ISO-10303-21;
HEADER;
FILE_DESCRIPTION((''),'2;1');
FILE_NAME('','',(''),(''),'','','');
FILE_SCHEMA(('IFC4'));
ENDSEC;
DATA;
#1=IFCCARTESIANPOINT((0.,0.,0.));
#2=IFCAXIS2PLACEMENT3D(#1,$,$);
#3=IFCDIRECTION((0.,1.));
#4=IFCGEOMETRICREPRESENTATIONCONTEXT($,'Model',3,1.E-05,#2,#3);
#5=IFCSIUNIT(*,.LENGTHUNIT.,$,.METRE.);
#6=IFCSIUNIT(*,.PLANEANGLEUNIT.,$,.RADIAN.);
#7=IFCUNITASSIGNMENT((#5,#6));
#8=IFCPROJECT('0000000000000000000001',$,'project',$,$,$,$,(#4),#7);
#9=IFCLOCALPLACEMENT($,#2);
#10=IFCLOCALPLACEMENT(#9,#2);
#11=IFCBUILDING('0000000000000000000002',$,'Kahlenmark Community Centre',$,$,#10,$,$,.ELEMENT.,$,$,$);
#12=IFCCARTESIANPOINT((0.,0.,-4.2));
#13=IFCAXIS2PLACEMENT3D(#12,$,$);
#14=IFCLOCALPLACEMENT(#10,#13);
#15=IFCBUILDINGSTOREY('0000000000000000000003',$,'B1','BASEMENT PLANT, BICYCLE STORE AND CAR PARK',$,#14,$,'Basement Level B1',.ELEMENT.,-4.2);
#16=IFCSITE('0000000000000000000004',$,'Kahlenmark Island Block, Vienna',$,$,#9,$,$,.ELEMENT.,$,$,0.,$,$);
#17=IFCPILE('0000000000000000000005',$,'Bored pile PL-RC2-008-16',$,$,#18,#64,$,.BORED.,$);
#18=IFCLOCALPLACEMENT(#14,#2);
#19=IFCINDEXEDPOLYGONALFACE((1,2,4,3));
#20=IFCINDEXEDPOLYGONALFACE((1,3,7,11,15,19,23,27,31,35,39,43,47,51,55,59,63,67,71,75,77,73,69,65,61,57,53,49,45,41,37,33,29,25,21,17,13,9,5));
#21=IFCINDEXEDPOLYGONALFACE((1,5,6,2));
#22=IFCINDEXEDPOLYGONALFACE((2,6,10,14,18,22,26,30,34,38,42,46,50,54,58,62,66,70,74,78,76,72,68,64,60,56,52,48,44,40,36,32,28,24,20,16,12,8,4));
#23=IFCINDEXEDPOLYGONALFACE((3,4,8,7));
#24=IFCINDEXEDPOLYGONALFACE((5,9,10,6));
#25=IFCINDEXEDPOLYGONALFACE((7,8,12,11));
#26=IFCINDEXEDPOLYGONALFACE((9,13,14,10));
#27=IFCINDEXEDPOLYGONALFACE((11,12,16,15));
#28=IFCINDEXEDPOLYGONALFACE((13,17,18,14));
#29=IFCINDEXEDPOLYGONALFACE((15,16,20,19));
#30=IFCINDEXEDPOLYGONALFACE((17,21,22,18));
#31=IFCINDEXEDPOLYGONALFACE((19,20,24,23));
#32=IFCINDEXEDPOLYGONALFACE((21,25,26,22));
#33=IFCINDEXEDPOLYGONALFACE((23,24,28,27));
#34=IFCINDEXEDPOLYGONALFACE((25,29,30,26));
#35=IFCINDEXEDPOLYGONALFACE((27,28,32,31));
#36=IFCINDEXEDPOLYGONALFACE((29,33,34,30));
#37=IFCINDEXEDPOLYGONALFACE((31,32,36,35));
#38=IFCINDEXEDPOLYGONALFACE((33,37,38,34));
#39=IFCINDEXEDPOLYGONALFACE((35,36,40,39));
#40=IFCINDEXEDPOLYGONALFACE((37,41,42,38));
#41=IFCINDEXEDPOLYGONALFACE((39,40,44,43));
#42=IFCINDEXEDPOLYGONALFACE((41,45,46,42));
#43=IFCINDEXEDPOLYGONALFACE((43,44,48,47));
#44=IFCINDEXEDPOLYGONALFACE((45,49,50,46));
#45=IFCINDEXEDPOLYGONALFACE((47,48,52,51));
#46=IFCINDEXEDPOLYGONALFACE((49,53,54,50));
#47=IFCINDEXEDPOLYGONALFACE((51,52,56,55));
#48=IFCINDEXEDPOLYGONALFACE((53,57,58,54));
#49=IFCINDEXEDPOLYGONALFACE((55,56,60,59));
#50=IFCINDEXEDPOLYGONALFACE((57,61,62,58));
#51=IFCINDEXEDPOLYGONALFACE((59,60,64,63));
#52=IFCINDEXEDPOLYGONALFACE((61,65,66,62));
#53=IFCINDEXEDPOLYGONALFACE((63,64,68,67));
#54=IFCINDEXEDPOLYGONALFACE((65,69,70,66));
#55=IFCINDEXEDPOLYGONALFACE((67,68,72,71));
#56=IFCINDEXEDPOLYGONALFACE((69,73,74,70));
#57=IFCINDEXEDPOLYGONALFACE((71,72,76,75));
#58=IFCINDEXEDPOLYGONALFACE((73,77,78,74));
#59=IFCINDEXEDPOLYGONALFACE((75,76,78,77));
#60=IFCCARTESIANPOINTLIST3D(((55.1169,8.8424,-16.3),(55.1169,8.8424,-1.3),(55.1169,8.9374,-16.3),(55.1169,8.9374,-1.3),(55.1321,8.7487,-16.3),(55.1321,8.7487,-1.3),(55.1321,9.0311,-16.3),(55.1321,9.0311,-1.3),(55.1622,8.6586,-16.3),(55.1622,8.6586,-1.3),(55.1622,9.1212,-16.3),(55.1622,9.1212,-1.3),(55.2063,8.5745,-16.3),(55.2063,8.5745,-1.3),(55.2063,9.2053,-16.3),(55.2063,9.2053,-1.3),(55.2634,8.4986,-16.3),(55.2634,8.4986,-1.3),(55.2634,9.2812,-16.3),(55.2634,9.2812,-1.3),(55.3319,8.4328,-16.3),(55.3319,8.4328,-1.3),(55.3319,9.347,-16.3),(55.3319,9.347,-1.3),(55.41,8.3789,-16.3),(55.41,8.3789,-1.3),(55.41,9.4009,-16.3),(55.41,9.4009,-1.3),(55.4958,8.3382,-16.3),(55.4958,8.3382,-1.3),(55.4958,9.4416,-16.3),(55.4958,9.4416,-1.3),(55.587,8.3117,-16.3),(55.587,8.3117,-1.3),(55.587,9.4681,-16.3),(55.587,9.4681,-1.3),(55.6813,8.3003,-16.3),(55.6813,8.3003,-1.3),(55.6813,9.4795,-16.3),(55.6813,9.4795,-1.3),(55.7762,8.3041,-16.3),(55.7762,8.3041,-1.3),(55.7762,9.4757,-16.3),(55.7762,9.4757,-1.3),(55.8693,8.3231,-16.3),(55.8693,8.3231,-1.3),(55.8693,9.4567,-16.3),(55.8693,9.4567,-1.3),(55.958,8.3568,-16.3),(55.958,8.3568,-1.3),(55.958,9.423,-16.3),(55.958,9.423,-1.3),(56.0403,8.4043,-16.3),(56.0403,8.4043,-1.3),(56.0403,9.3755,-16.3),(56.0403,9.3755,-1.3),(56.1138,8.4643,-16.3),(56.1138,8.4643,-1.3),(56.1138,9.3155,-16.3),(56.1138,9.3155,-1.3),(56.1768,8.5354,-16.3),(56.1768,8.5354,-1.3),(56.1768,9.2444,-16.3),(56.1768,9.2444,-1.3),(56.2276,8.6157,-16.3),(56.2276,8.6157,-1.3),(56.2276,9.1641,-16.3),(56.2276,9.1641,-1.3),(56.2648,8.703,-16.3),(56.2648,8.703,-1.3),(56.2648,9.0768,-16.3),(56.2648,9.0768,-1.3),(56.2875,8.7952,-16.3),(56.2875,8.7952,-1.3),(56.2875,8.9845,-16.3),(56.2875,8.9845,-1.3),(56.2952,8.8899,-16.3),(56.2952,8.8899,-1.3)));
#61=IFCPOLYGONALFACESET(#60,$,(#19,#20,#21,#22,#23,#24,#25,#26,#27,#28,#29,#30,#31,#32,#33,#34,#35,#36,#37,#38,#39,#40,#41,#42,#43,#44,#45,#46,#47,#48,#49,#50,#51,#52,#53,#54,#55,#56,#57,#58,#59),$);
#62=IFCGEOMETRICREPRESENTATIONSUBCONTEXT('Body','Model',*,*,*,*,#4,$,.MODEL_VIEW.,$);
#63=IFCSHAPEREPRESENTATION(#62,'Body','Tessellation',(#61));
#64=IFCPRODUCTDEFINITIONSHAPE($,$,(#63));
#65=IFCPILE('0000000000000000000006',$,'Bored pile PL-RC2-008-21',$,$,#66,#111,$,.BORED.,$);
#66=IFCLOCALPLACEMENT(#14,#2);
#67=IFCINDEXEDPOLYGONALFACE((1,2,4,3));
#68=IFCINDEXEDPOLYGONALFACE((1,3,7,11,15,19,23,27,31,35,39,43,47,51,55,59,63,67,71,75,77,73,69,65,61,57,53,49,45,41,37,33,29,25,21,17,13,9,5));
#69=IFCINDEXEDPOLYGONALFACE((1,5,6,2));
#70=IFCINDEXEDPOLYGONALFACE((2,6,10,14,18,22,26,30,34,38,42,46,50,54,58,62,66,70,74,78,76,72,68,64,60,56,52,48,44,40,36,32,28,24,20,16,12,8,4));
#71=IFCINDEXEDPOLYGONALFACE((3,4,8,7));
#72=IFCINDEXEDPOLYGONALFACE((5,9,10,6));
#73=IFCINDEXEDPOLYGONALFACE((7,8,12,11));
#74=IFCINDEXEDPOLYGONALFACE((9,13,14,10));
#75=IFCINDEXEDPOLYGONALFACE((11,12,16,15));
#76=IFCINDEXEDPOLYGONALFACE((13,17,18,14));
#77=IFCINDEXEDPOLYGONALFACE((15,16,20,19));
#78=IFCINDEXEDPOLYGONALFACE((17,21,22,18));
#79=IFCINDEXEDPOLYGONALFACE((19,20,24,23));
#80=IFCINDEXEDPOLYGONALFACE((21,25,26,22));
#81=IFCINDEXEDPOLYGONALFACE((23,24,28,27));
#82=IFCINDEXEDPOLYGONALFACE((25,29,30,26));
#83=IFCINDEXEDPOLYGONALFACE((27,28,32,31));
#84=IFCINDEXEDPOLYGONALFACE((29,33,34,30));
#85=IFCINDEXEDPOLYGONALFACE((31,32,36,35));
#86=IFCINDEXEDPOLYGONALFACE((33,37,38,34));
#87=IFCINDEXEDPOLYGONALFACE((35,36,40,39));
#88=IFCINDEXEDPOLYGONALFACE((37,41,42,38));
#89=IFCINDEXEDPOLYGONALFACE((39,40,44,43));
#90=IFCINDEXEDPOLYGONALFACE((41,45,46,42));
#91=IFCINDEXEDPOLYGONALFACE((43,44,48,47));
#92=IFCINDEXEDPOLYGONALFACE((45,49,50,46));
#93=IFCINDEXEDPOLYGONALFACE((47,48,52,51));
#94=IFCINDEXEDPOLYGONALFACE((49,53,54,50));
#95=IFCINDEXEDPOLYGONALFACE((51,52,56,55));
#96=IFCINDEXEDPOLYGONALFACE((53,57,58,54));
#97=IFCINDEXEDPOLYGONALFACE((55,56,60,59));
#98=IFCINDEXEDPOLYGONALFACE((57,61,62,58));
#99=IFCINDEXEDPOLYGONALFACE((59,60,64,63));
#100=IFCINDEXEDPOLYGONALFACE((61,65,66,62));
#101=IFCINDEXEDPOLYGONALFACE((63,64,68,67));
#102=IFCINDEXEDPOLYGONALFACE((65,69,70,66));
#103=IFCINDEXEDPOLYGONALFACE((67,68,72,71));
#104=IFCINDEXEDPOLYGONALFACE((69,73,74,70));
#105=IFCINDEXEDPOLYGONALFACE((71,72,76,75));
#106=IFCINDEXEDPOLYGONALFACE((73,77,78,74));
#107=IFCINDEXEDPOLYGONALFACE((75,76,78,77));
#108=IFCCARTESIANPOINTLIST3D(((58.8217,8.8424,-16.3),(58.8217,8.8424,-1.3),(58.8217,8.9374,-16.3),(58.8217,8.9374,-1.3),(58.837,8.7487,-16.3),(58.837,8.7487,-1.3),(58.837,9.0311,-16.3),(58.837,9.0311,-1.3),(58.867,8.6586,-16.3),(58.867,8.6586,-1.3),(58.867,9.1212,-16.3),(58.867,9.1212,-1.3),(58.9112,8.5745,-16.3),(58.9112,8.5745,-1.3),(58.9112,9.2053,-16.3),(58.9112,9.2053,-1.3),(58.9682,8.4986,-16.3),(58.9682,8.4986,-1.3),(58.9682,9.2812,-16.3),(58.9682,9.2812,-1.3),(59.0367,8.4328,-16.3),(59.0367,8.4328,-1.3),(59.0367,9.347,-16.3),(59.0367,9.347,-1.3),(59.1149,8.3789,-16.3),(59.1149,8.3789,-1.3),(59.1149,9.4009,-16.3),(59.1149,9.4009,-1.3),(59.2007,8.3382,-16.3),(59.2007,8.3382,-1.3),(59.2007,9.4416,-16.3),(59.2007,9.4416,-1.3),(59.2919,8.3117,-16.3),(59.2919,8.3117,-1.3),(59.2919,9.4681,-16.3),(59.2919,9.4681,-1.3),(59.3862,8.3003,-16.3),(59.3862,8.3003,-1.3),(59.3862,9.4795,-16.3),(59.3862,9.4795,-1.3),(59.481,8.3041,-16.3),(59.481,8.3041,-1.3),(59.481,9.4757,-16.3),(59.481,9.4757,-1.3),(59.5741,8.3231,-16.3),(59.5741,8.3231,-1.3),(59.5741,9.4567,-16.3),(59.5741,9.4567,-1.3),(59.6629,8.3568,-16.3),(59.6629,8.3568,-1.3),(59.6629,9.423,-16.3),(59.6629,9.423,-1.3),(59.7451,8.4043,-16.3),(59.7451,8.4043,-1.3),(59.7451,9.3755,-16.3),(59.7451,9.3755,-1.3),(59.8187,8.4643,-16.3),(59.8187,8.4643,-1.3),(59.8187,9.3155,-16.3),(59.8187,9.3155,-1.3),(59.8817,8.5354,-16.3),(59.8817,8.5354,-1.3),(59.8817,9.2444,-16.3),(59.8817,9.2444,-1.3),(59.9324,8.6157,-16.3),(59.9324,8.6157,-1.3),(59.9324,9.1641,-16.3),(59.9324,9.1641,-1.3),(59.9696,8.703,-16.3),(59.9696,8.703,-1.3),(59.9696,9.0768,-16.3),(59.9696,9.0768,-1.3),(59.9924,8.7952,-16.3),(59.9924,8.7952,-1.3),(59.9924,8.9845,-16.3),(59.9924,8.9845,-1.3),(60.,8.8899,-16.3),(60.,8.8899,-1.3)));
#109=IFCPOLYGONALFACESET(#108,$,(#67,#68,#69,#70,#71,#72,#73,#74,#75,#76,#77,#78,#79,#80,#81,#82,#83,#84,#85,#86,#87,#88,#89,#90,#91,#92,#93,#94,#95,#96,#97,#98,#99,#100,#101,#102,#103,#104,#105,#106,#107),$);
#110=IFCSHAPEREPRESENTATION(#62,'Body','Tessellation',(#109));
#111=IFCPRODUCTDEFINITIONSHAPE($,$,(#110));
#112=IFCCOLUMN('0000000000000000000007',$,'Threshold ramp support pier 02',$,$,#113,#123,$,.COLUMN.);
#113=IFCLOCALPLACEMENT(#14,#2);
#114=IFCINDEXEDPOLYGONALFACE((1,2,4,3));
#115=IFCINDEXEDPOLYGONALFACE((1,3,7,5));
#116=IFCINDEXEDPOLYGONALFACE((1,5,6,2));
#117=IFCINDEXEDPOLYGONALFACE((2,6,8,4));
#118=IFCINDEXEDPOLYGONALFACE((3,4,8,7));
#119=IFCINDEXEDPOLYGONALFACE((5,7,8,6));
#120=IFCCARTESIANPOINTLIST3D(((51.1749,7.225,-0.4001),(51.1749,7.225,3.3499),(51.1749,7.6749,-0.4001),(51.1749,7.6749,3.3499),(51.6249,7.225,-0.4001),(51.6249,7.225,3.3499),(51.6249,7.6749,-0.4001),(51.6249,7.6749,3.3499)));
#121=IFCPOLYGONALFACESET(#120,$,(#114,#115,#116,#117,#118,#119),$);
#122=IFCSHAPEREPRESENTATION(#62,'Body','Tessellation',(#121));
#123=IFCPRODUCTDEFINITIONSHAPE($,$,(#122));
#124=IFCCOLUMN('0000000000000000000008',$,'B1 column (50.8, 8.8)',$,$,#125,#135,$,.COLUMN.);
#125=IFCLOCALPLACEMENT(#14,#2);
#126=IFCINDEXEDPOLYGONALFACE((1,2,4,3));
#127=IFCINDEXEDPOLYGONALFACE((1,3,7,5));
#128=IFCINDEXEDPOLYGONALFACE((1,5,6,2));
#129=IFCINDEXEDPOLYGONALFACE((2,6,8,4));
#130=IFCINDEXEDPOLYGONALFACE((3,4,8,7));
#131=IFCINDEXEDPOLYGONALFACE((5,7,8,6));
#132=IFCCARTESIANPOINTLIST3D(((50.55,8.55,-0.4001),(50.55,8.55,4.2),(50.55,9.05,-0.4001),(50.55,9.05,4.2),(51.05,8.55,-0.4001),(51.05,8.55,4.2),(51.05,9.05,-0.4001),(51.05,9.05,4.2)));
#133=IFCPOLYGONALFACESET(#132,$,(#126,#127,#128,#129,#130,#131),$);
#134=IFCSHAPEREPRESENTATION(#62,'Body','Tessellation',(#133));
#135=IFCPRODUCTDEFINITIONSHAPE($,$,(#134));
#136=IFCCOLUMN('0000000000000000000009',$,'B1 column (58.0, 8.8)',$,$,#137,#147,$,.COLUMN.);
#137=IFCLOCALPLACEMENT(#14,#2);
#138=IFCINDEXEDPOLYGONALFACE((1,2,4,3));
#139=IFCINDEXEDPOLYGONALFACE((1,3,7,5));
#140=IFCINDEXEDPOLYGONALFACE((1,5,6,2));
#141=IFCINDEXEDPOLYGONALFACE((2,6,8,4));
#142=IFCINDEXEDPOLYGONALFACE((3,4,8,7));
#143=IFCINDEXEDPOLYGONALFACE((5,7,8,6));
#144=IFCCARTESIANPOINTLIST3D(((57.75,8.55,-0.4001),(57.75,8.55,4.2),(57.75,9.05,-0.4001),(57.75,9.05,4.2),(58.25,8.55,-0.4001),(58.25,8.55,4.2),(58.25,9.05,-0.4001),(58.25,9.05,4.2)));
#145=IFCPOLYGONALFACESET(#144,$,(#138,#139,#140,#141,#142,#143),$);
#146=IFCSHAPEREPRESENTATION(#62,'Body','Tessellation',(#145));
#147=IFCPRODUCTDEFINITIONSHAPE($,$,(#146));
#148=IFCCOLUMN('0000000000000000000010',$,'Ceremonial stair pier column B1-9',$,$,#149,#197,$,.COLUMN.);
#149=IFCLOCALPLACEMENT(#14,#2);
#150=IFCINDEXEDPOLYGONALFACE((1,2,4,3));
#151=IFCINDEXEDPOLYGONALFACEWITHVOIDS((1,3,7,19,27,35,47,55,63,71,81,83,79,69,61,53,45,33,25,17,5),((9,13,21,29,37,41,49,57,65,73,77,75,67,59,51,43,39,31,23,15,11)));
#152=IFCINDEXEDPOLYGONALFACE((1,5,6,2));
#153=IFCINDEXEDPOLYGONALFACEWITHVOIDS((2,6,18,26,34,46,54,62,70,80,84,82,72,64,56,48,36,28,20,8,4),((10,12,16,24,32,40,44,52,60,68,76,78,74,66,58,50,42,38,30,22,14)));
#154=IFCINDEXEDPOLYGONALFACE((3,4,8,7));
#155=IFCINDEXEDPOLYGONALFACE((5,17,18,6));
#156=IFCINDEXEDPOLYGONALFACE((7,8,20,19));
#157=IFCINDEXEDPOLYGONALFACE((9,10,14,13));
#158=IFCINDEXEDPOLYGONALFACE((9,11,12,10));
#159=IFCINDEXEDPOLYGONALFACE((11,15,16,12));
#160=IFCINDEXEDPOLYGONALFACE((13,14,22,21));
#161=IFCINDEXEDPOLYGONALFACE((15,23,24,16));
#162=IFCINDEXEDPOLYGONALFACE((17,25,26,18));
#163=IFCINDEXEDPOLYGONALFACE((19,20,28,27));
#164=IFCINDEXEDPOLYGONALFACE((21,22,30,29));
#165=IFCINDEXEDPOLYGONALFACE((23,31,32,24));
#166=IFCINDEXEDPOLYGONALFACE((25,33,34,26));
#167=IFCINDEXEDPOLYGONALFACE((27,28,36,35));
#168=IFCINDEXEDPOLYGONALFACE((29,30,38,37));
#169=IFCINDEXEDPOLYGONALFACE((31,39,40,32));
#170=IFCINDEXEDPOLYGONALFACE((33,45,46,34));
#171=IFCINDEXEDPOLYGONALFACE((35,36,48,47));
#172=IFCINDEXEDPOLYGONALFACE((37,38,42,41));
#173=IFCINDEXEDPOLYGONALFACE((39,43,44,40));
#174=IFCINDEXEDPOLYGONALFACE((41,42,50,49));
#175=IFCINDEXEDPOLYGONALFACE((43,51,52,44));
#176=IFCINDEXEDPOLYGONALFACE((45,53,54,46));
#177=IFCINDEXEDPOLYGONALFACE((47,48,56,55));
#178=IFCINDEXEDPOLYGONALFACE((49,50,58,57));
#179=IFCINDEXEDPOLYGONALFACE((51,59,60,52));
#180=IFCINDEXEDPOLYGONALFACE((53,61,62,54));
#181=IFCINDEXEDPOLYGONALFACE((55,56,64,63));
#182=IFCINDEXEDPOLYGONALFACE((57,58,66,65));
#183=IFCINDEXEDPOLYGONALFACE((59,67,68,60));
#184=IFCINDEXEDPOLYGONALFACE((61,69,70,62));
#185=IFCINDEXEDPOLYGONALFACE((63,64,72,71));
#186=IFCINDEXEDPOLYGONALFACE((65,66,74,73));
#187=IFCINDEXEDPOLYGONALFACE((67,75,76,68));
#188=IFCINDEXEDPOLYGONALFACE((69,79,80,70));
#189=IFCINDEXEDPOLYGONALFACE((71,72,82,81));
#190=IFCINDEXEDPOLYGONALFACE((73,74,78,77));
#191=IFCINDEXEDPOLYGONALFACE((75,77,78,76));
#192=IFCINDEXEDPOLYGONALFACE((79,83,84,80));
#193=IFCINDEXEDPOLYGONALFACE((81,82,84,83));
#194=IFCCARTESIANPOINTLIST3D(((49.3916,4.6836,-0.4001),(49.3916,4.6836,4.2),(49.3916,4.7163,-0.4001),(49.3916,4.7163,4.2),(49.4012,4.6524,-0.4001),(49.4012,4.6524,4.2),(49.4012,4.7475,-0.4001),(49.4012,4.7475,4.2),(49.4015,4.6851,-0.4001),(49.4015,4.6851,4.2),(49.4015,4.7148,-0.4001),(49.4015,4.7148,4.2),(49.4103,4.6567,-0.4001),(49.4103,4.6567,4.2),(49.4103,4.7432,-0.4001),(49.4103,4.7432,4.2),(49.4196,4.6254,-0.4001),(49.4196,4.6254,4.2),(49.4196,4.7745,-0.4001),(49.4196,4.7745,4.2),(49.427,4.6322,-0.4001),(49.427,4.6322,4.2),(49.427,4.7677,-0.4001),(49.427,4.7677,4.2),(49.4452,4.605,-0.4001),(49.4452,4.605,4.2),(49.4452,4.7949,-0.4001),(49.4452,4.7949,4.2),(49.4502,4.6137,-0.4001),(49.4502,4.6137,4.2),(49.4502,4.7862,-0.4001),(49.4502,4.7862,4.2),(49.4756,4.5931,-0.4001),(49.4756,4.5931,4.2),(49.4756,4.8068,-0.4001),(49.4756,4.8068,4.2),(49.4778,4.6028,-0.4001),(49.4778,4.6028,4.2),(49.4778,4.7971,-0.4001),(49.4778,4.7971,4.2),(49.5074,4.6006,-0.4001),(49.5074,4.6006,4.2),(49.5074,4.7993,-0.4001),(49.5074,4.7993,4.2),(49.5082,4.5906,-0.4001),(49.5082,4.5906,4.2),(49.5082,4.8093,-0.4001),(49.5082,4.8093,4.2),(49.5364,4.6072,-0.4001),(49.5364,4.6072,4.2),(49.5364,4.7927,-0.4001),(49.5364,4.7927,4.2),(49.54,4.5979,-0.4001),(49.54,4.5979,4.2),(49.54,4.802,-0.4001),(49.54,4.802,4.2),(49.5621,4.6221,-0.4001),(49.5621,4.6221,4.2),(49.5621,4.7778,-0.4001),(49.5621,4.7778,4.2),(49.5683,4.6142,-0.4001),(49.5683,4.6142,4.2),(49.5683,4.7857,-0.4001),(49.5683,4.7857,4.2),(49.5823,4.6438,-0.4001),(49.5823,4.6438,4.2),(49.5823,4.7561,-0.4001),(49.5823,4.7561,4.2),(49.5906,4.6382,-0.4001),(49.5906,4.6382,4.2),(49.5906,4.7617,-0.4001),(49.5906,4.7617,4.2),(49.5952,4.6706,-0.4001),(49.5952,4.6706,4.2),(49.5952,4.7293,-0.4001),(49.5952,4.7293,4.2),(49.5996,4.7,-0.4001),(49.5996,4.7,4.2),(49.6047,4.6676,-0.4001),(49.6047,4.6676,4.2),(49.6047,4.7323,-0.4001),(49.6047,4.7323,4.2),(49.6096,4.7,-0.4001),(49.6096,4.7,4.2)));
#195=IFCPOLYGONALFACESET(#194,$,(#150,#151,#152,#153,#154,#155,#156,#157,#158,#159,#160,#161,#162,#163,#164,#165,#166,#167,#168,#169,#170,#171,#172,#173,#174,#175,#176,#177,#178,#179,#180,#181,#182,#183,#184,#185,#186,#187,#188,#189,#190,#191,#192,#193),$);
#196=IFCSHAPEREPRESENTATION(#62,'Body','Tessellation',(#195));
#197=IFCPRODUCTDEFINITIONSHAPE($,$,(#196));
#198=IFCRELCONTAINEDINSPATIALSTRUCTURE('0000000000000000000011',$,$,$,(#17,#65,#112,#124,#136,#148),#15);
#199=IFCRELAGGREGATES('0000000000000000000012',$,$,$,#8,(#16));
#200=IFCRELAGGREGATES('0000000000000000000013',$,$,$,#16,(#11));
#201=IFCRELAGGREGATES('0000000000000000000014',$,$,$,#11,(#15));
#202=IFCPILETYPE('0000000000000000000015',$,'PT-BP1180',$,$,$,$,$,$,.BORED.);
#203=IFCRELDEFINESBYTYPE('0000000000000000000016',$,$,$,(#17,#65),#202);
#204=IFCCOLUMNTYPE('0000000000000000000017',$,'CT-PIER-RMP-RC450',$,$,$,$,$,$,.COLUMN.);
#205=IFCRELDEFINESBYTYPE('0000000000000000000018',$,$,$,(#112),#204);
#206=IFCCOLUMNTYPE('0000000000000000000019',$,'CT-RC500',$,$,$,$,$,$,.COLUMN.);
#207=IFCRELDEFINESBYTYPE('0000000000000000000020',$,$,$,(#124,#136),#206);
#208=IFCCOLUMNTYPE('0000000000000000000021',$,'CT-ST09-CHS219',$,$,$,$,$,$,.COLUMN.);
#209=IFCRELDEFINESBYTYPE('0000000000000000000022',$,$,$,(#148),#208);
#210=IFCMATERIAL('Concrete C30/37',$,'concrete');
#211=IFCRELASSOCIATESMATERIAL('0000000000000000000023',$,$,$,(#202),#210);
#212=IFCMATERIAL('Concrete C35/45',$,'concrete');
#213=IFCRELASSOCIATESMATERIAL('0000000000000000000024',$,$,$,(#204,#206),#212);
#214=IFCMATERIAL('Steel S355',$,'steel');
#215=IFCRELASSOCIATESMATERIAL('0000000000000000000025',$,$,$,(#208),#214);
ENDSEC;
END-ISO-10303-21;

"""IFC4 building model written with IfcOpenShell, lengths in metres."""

from ifc_helpers import new_model, si_unit, direction, frame, origin, origin_2d, place, context, subcontext, project, spatial, rectangle, circle, hollow_circle, extrude, material, material_profile, profile_set, type_object, element, save


model = new_model("IFC4")

# Units and contexts
model_context = context("Model", 3, precision=1e-05, world=origin(), true_north=direction((0.0, 1.0)))
body_context = subcontext(model_context, "Body", "Model", "MODEL_VIEW")
ifc_project = project(units=[si_unit("LENGTHUNIT", "METRE"), si_unit("PLANEANGLEUNIT", "RADIAN")], contexts=[model_context])

# Site, building, storey
site_placement = place(None, origin())
site = spatial("IfcSite", under=ifc_project, at=site_placement, Name="Kahlenmark Island Block, Vienna", CompositionType="ELEMENT", RefElevation=0.0)
building_placement = place(site_placement, origin())
building = spatial("IfcBuilding", under=site, at=building_placement, Name="Kahlenmark Community Centre", CompositionType="ELEMENT")
storey_placement = place(building_placement, frame((0.0, 0.0, -4.2)))
storey = spatial("IfcBuildingStorey", under=building, at=storey_placement, Name="B1", Description="BASEMENT PLANT, BICYCLE STORE AND CAR PARK", LongName="Basement Level B1", CompositionType="ELEMENT", Elevation=-4.2)

# Shared definitions
ifc_material_1 = material(Name="Concrete C30/37", Category="concrete")

# Piles
ifc_material_profile_1 = material_profile(ifc_material_1, circle(Radius=0.5901, at=origin_2d()), Name="BORED PILE 1180")
ifc_profile_set_1 = profile_set([ifc_material_profile_1], Name="Concrete C30/37")
pile_type = type_object("IfcPileType", Name="PT-BP1180", PredefinedType="BORED", material=ifc_profile_set_1)
for number, where, z_axis, x_axis, name in (
    (1, (55.7051, 8.8899, -1.3), (0.0, 0.0, -1.0), (1.0, 0.0, 0.0), "Bored pile PL-RC2-008-16"),
    (2, (59.4099, 8.8899, -1.3), (0.0, 0.0, -1.0), (1.0, 0.0, 0.0), "Bored pile PL-RC2-008-21"),
):
    element("IfcPile", number, at=place(storey_placement, frame(where, z_axis=z_axis, x_axis=x_axis)), inside=storey, type_object=pile_type, Name=name, PredefinedType="BORED", context=body_context, shape_type="SweptSolid", body=[
        extrude(circle(Radius=0.5901, at=origin_2d()), origin(), (0.0, 0.0, 1.0), 15.0),
    ])

# Columns
ifc_material_2 = material(Name="Concrete C35/45", Category="concrete")
ifc_material_profile_2 = material_profile(ifc_material_2, rectangle(XDim=0.45, YDim=0.45, at=origin_2d()), Name="RC 450x450")
ifc_profile_set_2 = profile_set([ifc_material_profile_2], Name="Concrete C35/45")
column_type_1 = type_object("IfcColumnType", Name="CT-PIER-RMP-RC450", PredefinedType="COLUMN", material=ifc_profile_set_2)
column_1_placement = place(storey_placement, frame((51.3999, 7.45, -0.4001), z_axis=(0.0, 0.0, 1.0), x_axis=(1.0, 0.0, 0.0)))
element("IfcColumn", 3, at=column_1_placement, inside=storey, type_object=column_type_1, Name="Threshold ramp support pier 02", PredefinedType="COLUMN", context=body_context, shape_type="SweptSolid", body=[
    extrude(rectangle(XDim=0.45, YDim=0.45, at=origin_2d()), origin(), (0.0, 0.0, 1.0), 3.75),
])
ifc_material_profile_3 = material_profile(ifc_material_2, rectangle(XDim=0.5, YDim=0.5, at=origin_2d()), Name="RC 500x500")
ifc_profile_set_3 = profile_set([ifc_material_profile_3], Name="Concrete C35/45")
column_type_2 = type_object("IfcColumnType", Name="CT-RC500", PredefinedType="COLUMN", material=ifc_profile_set_3)
for number, where, z_axis, x_axis, name in (
    (4, (50.8, 8.8, -0.4001), (0.0, 0.0, 1.0), (1.0, 0.0, 0.0), "B1 column (50.8, 8.8)"),
    (5, (58.0, 8.8, -0.4001), (0.0, 0.0, 1.0), (1.0, 0.0, 0.0), "B1 column (58.0, 8.8)"),
):
    element("IfcColumn", number, at=place(storey_placement, frame(where, z_axis=z_axis, x_axis=x_axis)), inside=storey, type_object=column_type_2, Name=name, PredefinedType="COLUMN", context=body_context, shape_type="SweptSolid", body=[
        extrude(rectangle(XDim=0.5, YDim=0.5, at=origin_2d()), origin(), (0.0, 0.0, 1.0), 4.6001),
    ])
ifc_material_3 = material(Name="Steel S355", Category="steel")
ifc_material_profile_4 = material_profile(ifc_material_3, hollow_circle(Radius=0.1096, WallThickness=0.01, at=origin_2d()), Name="CHS 219.1x10")
ifc_profile_set_4 = profile_set([ifc_material_profile_4], Name="Steel S355")
column_type_3 = type_object("IfcColumnType", Name="CT-ST09-CHS219", PredefinedType="COLUMN", material=ifc_profile_set_4)
column_2_placement = place(storey_placement, frame((49.5, 4.7, -0.4001), z_axis=(0.0, 0.0, 1.0), x_axis=(1.0, 0.0, 0.0)))
element("IfcColumn", 6, at=column_2_placement, inside=storey, type_object=column_type_3, Name="Ceremonial stair pier column B1-9", PredefinedType="COLUMN", context=body_context, shape_type="SweptSolid", body=[
    extrude(hollow_circle(Radius=0.1096, WallThickness=0.01, at=origin_2d()), origin(), (0.0, 0.0, 1.0), 4.6001),
])

save(model, "model.ifc")
